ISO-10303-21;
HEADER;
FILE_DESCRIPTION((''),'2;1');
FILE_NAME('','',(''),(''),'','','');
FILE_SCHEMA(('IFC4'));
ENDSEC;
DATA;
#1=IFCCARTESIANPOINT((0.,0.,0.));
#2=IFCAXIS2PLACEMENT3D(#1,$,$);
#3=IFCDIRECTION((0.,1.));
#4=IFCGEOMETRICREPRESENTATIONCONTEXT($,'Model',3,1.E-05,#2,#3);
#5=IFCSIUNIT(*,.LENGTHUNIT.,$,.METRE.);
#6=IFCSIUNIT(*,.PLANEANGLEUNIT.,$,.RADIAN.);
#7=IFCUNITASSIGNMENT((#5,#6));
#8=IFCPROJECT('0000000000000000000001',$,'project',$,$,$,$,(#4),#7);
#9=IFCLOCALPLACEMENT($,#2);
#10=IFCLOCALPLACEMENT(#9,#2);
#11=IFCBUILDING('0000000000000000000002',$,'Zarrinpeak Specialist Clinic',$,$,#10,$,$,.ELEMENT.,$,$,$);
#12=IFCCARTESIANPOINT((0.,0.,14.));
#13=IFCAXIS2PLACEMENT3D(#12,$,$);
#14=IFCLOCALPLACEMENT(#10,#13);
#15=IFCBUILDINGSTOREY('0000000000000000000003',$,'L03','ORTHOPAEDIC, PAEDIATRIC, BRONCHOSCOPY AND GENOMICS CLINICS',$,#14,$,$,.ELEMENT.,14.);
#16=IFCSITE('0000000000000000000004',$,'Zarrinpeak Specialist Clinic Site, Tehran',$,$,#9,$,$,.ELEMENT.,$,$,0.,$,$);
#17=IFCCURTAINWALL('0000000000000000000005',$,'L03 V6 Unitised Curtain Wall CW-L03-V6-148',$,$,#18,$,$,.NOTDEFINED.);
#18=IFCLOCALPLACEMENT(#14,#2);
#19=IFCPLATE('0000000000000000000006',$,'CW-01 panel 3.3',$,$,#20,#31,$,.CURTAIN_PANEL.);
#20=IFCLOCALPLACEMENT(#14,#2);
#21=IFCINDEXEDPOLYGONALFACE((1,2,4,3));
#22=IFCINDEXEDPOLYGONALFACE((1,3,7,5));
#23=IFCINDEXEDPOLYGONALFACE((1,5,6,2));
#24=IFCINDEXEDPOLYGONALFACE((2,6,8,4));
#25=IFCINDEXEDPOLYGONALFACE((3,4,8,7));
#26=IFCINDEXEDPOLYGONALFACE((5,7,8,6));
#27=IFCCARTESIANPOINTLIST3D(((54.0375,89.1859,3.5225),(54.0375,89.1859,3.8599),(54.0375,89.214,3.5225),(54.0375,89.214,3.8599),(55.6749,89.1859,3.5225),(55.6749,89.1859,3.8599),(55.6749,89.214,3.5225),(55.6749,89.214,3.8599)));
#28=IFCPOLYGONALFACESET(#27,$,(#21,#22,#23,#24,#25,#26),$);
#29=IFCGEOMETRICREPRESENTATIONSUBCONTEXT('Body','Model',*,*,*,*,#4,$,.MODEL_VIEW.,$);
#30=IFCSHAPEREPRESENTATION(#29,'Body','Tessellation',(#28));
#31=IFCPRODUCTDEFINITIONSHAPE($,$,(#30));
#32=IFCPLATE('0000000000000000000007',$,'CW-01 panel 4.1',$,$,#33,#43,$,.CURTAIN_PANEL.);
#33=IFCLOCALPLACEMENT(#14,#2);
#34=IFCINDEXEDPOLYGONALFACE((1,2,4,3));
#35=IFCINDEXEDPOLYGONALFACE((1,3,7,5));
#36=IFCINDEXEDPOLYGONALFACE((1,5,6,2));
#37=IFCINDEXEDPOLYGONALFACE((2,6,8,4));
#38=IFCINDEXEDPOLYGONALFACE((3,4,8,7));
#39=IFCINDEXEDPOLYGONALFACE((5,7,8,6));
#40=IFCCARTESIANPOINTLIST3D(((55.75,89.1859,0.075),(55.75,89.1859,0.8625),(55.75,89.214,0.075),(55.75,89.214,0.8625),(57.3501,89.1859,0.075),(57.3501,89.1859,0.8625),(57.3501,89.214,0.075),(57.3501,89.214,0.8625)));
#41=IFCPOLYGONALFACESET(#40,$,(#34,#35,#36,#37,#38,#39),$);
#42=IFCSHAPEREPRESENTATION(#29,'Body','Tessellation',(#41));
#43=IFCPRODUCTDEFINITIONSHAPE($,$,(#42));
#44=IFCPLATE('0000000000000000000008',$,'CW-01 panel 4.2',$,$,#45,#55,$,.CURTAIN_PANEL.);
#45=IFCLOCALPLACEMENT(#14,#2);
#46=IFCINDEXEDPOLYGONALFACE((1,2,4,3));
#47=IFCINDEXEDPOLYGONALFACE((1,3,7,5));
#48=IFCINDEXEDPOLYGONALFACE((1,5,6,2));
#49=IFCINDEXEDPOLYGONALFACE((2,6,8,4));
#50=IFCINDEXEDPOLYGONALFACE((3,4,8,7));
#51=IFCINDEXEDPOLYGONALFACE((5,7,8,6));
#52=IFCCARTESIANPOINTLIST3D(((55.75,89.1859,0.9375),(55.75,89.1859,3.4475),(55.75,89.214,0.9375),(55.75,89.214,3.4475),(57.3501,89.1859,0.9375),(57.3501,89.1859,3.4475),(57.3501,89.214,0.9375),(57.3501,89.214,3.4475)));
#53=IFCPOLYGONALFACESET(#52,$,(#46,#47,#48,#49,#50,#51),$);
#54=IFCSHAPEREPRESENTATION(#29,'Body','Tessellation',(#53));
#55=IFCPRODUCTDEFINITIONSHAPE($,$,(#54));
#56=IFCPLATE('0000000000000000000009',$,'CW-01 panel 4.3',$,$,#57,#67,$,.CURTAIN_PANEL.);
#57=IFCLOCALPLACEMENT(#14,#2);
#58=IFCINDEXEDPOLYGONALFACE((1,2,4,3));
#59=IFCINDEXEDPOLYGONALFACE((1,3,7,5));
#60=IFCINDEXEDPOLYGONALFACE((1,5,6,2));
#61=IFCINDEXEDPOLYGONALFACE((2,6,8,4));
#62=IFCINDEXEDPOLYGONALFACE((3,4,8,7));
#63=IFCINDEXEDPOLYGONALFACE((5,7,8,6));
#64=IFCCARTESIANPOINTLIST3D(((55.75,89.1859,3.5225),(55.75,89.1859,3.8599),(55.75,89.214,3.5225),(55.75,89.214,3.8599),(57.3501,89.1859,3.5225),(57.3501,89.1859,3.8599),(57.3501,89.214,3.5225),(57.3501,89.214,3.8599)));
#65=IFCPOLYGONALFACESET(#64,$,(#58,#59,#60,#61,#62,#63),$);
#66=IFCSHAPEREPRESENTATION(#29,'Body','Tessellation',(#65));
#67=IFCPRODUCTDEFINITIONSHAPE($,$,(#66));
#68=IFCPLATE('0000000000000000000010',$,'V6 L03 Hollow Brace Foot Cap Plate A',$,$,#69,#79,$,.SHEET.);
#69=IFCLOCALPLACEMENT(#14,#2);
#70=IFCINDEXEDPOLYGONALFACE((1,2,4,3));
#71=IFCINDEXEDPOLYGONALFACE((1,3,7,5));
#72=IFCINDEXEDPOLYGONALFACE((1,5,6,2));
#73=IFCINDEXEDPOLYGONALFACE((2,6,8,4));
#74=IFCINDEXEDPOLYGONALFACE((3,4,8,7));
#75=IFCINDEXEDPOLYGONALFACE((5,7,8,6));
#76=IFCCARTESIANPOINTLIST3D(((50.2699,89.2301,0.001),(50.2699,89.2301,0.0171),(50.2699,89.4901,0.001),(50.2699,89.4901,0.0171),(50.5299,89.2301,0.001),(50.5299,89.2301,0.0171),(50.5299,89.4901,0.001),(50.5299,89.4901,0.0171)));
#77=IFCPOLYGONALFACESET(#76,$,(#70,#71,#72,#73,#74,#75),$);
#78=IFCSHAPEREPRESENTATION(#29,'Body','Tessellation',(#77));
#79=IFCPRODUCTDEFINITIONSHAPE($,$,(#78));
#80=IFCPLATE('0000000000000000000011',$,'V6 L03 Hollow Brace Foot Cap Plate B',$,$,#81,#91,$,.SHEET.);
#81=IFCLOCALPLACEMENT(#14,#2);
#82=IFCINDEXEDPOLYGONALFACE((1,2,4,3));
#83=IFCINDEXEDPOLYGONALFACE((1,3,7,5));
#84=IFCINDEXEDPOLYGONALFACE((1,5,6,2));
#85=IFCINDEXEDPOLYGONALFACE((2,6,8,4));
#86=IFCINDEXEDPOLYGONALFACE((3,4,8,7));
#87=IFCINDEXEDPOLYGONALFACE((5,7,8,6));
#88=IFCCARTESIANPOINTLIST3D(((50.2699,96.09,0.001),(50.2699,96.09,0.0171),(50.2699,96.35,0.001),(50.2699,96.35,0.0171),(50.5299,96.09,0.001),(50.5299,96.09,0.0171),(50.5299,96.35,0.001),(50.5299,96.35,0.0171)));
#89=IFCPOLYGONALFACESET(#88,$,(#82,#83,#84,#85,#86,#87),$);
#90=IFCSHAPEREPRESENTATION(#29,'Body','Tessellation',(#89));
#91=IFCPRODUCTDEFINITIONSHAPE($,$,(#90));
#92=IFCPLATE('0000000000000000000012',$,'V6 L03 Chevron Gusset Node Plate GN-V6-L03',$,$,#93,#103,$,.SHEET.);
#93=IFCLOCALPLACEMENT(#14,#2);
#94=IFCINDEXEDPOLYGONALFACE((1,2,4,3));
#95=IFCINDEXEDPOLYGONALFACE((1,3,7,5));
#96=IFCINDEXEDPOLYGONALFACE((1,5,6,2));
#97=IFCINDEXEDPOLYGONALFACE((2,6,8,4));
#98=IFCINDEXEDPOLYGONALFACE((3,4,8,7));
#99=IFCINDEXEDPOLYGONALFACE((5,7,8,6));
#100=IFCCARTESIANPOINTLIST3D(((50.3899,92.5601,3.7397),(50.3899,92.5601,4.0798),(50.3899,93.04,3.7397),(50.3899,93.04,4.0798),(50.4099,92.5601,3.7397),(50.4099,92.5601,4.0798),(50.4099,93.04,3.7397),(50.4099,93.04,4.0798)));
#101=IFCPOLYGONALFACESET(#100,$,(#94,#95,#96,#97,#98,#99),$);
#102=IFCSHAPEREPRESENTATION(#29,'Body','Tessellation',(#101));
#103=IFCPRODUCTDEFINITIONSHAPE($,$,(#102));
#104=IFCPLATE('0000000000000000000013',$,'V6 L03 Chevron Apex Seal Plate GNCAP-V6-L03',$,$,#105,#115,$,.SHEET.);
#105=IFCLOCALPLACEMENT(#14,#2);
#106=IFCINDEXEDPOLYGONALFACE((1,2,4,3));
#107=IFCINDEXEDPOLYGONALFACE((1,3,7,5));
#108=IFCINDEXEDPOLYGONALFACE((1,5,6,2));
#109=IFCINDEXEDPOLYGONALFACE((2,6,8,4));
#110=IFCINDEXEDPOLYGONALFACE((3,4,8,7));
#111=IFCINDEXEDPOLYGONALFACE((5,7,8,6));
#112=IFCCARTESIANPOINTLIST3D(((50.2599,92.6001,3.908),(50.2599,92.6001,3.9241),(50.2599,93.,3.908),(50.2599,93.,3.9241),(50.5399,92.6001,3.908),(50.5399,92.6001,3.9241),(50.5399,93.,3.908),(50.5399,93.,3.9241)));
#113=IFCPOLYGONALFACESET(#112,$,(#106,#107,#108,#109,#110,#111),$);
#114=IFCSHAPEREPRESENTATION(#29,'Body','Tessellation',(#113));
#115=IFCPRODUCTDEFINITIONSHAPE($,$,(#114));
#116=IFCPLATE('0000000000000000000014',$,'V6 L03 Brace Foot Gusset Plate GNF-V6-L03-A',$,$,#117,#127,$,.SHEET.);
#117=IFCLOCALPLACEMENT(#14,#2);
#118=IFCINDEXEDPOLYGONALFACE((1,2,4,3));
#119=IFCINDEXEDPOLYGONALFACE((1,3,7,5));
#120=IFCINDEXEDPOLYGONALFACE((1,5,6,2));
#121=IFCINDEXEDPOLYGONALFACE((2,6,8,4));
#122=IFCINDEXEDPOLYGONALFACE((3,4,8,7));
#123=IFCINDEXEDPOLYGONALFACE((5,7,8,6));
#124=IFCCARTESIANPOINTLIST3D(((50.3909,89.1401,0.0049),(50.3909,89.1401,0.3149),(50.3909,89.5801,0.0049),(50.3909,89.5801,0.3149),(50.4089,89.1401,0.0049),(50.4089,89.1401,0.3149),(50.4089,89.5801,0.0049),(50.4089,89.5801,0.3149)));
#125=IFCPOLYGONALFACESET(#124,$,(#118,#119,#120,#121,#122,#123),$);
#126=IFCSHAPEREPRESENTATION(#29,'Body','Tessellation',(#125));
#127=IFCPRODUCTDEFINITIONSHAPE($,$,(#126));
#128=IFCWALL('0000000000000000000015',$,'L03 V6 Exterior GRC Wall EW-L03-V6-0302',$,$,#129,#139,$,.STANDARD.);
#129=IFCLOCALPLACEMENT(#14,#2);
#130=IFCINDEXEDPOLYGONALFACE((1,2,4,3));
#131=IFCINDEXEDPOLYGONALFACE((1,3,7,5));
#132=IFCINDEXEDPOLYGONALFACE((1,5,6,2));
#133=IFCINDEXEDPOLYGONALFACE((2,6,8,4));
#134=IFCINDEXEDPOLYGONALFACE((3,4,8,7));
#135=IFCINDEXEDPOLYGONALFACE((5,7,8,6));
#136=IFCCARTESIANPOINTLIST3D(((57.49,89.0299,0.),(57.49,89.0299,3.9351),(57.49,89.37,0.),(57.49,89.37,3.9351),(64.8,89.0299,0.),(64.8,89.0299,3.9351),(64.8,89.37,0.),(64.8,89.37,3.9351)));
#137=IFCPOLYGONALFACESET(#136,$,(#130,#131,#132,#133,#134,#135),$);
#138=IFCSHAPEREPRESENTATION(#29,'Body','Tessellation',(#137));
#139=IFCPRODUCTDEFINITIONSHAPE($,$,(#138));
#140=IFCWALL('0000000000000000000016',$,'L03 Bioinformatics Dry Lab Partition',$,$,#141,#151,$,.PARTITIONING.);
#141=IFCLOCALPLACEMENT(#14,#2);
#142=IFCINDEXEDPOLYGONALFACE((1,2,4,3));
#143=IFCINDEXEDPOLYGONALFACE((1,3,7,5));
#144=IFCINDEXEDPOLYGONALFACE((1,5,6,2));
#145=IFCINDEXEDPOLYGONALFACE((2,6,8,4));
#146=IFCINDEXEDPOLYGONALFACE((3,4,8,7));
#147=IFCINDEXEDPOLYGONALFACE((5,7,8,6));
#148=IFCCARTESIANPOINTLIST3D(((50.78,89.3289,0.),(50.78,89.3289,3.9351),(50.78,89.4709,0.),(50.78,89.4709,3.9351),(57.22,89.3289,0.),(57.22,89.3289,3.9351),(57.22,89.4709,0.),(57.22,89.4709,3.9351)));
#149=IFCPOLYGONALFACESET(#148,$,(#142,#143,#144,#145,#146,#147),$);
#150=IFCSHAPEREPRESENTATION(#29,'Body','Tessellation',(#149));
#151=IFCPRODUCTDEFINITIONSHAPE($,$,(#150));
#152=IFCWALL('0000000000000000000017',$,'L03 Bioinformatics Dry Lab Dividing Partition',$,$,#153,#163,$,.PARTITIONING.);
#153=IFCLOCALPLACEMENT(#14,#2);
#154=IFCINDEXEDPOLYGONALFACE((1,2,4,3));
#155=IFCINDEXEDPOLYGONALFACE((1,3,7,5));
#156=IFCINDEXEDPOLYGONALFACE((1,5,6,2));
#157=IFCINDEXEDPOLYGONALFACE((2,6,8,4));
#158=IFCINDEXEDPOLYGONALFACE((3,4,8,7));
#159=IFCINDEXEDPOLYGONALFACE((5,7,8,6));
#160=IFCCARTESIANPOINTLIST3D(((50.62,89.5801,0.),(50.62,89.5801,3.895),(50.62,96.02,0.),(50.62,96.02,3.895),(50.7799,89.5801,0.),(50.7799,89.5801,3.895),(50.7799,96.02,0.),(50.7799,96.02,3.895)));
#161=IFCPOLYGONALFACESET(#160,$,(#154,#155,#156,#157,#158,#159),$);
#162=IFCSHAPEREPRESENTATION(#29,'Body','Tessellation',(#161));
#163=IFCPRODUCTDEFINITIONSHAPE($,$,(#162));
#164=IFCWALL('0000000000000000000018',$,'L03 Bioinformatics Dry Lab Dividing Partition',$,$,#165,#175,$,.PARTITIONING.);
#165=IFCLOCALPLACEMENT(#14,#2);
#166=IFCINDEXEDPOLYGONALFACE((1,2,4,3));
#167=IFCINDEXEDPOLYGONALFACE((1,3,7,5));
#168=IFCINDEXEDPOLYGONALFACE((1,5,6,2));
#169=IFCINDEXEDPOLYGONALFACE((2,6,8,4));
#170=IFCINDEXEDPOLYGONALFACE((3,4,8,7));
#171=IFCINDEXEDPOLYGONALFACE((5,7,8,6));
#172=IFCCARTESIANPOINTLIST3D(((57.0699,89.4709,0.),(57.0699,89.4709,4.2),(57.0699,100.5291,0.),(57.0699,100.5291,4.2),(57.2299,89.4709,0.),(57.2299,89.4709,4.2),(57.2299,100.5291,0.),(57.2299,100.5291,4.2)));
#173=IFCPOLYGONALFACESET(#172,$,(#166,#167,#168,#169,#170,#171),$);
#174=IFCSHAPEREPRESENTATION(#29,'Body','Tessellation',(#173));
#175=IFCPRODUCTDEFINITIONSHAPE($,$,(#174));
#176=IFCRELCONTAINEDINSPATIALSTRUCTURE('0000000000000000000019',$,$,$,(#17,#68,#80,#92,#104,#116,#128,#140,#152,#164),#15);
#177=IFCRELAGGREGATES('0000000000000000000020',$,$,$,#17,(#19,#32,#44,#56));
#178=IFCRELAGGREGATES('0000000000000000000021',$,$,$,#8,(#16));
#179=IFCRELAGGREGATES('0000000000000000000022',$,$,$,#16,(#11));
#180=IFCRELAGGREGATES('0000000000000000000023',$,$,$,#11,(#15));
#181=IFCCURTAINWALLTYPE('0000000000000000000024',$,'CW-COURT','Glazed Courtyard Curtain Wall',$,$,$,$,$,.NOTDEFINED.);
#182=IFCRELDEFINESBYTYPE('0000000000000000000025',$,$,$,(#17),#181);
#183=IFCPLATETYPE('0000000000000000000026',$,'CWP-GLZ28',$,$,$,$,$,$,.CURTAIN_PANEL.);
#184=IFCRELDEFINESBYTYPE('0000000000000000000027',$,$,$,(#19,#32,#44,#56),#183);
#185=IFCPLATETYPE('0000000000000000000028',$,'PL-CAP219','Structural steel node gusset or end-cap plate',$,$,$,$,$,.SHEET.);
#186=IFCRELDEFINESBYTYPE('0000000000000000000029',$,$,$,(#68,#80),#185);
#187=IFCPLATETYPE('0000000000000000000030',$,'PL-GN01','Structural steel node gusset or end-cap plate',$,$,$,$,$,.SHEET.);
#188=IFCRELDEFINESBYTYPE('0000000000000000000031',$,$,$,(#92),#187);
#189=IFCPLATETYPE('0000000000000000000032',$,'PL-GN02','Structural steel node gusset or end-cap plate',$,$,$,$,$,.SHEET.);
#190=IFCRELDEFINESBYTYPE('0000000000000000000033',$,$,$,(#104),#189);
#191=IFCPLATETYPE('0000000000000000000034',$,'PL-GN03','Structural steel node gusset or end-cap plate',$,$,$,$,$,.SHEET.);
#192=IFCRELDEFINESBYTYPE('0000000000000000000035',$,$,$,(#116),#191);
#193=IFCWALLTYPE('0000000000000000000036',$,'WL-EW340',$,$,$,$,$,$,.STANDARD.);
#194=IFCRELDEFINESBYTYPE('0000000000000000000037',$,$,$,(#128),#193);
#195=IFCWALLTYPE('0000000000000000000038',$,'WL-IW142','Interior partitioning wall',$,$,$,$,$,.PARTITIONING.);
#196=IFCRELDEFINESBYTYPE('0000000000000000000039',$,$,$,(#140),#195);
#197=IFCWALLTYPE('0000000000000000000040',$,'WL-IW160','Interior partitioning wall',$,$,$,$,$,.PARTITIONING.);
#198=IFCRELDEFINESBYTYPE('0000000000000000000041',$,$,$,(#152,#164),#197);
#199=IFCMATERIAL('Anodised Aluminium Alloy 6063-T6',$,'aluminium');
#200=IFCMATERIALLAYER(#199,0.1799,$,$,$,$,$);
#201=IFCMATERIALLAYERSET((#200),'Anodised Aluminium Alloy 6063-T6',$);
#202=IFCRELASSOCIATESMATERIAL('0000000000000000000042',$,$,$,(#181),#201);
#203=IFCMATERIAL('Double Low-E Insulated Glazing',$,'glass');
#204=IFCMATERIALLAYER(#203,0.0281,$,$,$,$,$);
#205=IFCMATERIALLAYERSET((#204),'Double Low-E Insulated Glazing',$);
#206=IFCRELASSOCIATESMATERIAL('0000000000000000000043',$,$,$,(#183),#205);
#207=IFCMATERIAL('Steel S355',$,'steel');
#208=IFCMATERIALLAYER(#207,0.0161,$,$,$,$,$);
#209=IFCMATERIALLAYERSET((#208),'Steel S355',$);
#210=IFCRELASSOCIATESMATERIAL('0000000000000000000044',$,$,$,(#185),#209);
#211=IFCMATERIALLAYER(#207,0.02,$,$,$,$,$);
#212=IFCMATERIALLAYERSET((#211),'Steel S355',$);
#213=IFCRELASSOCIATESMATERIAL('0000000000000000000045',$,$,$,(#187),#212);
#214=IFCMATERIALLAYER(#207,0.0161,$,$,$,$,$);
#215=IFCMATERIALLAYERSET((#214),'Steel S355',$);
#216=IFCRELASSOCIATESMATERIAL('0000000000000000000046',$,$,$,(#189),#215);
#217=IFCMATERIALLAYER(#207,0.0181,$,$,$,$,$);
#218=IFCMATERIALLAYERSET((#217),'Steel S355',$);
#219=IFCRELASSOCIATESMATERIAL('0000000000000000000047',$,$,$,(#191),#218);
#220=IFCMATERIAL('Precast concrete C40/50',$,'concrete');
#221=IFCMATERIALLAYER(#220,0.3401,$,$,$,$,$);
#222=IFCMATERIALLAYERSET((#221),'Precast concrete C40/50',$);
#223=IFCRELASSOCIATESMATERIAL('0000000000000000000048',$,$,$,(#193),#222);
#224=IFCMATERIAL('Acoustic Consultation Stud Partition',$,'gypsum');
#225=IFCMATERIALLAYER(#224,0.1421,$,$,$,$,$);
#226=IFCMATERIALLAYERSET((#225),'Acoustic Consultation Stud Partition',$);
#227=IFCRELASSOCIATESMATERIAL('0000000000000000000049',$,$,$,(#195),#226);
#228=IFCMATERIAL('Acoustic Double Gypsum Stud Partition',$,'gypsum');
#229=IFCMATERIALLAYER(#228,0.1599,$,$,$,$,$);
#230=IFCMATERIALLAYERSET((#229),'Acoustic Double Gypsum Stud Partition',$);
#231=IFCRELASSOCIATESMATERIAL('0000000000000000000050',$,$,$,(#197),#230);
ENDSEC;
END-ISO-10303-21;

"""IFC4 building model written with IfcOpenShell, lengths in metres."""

from ifc_helpers import new_model, si_unit, direction, frame, frame_2d, origin, origin_2d, place, context, subcontext, project, spatial, rectangle, extrude, material, layer, layer_set, type_object, element, aggregate, save


model = new_model("IFC4")

# Units and contexts
model_context = context("Model", 3, precision=1e-05, world=origin(), true_north=direction((0.0, 1.0)))
body_context = subcontext(model_context, "Body", "Model", "MODEL_VIEW")
ifc_project = project(units=[si_unit("LENGTHUNIT", "METRE"), si_unit("PLANEANGLEUNIT", "RADIAN")], contexts=[model_context])

# Site, building, storey
site_placement = place(None, origin())
site = spatial("IfcSite", under=ifc_project, at=site_placement, Name="Zarrinpeak Specialist Clinic Site, Tehran", CompositionType="ELEMENT", RefElevation=0.0)
building_placement = place(site_placement, origin())
building = spatial("IfcBuilding", under=site, at=building_placement, Name="Zarrinpeak Specialist Clinic", CompositionType="ELEMENT")
storey_placement = place(building_placement, frame((0.0, 0.0, 14.0)))
storey = spatial("IfcBuildingStorey", under=building, at=storey_placement, Name="L03", Description="ORTHOPAEDIC, PAEDIATRIC, BRONCHOSCOPY AND GENOMICS CLINICS", CompositionType="ELEMENT", Elevation=14.0)

# Shared definitions
ifc_material_1 = material(Name="Steel S355", Category="steel")

# Curtain wall
ifc_material_2 = material(Name="Anodised Aluminium Alloy 6063-T6", Category="aluminium")
ifc_layer_1 = layer(ifc_material_2, 0.1799)
ifc_layer_set_1 = layer_set([ifc_layer_1], Name="Anodised Aluminium Alloy 6063-T6")
curtain_wall_type = type_object("IfcCurtainWallType", Name="CW-COURT", Description="Glazed Courtyard Curtain Wall", PredefinedType="NOTDEFINED", material=ifc_layer_set_1)
curtain_wall_placement = place(storey_placement, origin())
curtain_wall = element("IfcCurtainWall", 1, at=curtain_wall_placement, inside=storey, type_object=curtain_wall_type, Name="L03 V6 Unitised Curtain Wall CW-L03-V6-148", PredefinedType="NOTDEFINED")

# Plates
ifc_material_3 = material(Name="Double Low-E Insulated Glazing", Category="glass")
ifc_layer_2 = layer(ifc_material_3, 0.0281)
ifc_layer_set_2 = layer_set([ifc_layer_2], Name="Double Low-E Insulated Glazing")
plate_type_1 = type_object("IfcPlateType", Name="CWP-GLZ28", PredefinedType="CURTAIN_PANEL", material=ifc_layer_set_2)
plate_1_placement = place(storey_placement, frame((54.8562, 89.2, 3.5225), z_axis=(0.0, 0.0, 1.0), x_axis=(1.0, 0.0, 0.0)))
plate_1 = element("IfcPlate", 2, at=plate_1_placement, type_object=plate_type_1, Name="CW-01 panel 3.3", PredefinedType="CURTAIN_PANEL", context=body_context, shape_type="SweptSolid", body=[
    extrude(rectangle(XDim=1.6375, YDim=0.0281, at=origin_2d()), origin(), (0.0, 0.0, 1.0), 0.3374),
])
plate_2_placement = place(storey_placement, frame((56.55, 89.2, 0.075), z_axis=(0.0, 0.0, 1.0), x_axis=(1.0, 0.0, 0.0)))
plate_2 = element("IfcPlate", 3, at=plate_2_placement, type_object=plate_type_1, Name="CW-01 panel 4.1", PredefinedType="CURTAIN_PANEL", context=body_context, shape_type="SweptSolid", body=[
    extrude(rectangle(XDim=1.6001, YDim=0.0281, at=origin_2d()), origin(), (0.0, 0.0, 1.0), 0.7876),
])
plate_3_placement = place(storey_placement, frame((56.55, 89.2, 0.9375), z_axis=(0.0, 0.0, 1.0), x_axis=(1.0, 0.0, 0.0)))
plate_3 = element("IfcPlate", 4, at=plate_3_placement, type_object=plate_type_1, Name="CW-01 panel 4.2", PredefinedType="CURTAIN_PANEL", context=body_context, shape_type="SweptSolid", body=[
    extrude(rectangle(XDim=1.6001, YDim=0.0281, at=origin_2d()), origin(), (0.0, 0.0, 1.0), 2.51),
])
plate_4_placement = place(storey_placement, frame((56.55, 89.2, 3.5225), z_axis=(0.0, 0.0, 1.0), x_axis=(1.0, 0.0, 0.0)))
plate_4 = element("IfcPlate", 5, at=plate_4_placement, type_object=plate_type_1, Name="CW-01 panel 4.3", PredefinedType="CURTAIN_PANEL", context=body_context, shape_type="SweptSolid", body=[
    extrude(rectangle(XDim=1.6001, YDim=0.0281, at=origin_2d()), origin(), (0.0, 0.0, 1.0), 0.3374),
])
aggregate(curtain_wall, [plate_1, plate_2, plate_3, plate_4])

# Plates
ifc_layer_3 = layer(ifc_material_1, 0.0161)
ifc_layer_set_3 = layer_set([ifc_layer_3], Name="Steel S355")
plate_type_2 = type_object("IfcPlateType", Name="PL-CAP219", Description="Structural steel node gusset or end-cap plate", PredefinedType="SHEET", material=ifc_layer_set_3)
for number, where, z_axis, x_axis, name in (
    (6, (50.3999, 89.3601, 0.001), (0.0, 0.0, 1.0), (1.0, 0.0, 0.0), "V6 L03 Hollow Brace Foot Cap Plate A"),
    (7, (50.3999, 96.22, 0.001), (0.0, 0.0, 1.0), (1.0, 0.0, 0.0), "V6 L03 Hollow Brace Foot Cap Plate B"),
):
    element("IfcPlate", number, at=place(storey_placement, frame(where, z_axis=z_axis, x_axis=x_axis)), inside=storey, type_object=plate_type_2, Name=name, PredefinedType="SHEET", context=body_context, shape_type="SweptSolid", body=[
        extrude(rectangle(XDim=0.26, YDim=0.26, at=origin_2d()), origin(), (0.0, 0.0, 1.0), 0.0161),
    ])
ifc_layer_4 = layer(ifc_material_1, 0.02)
ifc_layer_set_4 = layer_set([ifc_layer_4], Name="Steel S355")
plate_type_3 = type_object("IfcPlateType", Name="PL-GN01", Description="Structural steel node gusset or end-cap plate", PredefinedType="SHEET", material=ifc_layer_set_4)
plate_5_placement = place(storey_placement, frame((50.3999, 92.8, 3.7397), z_axis=(0.0, 0.0, 1.0), x_axis=(1.0, 0.0, 0.0)))
element("IfcPlate", 8, at=plate_5_placement, inside=storey, type_object=plate_type_3, Name="V6 L03 Chevron Gusset Node Plate GN-V6-L03", PredefinedType="SHEET", context=body_context, shape_type="SweptSolid", body=[
    extrude(rectangle(XDim=0.02, YDim=0.48, at=origin_2d()), origin(), (0.0, 0.0, 1.0), 0.3401),
])
ifc_layer_5 = layer(ifc_material_1, 0.0161)
ifc_layer_set_5 = layer_set([ifc_layer_5], Name="Steel S355")
plate_type_4 = type_object("IfcPlateType", Name="PL-GN02", Description="Structural steel node gusset or end-cap plate", PredefinedType="SHEET", material=ifc_layer_set_5)
plate_6_placement = place(storey_placement, frame((50.3999, 92.8, 3.908), z_axis=(0.0, 0.0, 1.0), x_axis=(1.0, 0.0, 0.0)))
element("IfcPlate", 9, at=plate_6_placement, inside=storey, type_object=plate_type_4, Name="V6 L03 Chevron Apex Seal Plate GNCAP-V6-L03", PredefinedType="SHEET", context=body_context, shape_type="SweptSolid", body=[
    extrude(rectangle(XDim=0.28, YDim=0.3999, at=origin_2d()), origin(), (0.0, 0.0, 1.0), 0.0161),
])
ifc_layer_6 = layer(ifc_material_1, 0.0181)
ifc_layer_set_6 = layer_set([ifc_layer_6], Name="Steel S355")
plate_type_5 = type_object("IfcPlateType", Name="PL-GN03", Description="Structural steel node gusset or end-cap plate", PredefinedType="SHEET", material=ifc_layer_set_6)
plate_7_placement = place(storey_placement, frame((50.3999, 89.3601, 0.0049), z_axis=(0.0, 0.0, 1.0), x_axis=(1.0, 0.0, 0.0)))
element("IfcPlate", 10, at=plate_7_placement, inside=storey, type_object=plate_type_5, Name="V6 L03 Brace Foot Gusset Plate GNF-V6-L03-A", PredefinedType="SHEET", context=body_context, shape_type="SweptSolid", body=[
    extrude(rectangle(XDim=0.0181, YDim=0.4399, at=origin_2d()), origin(), (0.0, 0.0, 1.0), 0.3101),
])

# Walls
ifc_material_4 = material(Name="Precast concrete C40/50", Category="concrete")
ifc_layer_7 = layer(ifc_material_4, 0.3401)
ifc_layer_set_7 = layer_set([ifc_layer_7], Name="Precast concrete C40/50")
wall_type_1 = type_object("IfcWallType", Name="WL-EW340", PredefinedType="STANDARD", material=ifc_layer_set_7)
wall_1_placement = place(storey_placement, frame((57.49, 89.2, 0.0), z_axis=(0.0, 0.0, 1.0), x_axis=(1.0, 0.0, 0.0)))
element("IfcWall", 11, at=wall_1_placement, inside=storey, type_object=wall_type_1, Name="L03 V6 Exterior GRC Wall EW-L03-V6-0302", PredefinedType="STANDARD", context=body_context, shape_type="SweptSolid", body=[
    extrude(rectangle(XDim=7.3101, YDim=0.3401, at=frame_2d((3.655, 0.0))), origin(), (0.0, 0.0, 1.0), 3.9351),
])
ifc_material_5 = material(Name="Acoustic Consultation Stud Partition", Category="gypsum")
ifc_layer_8 = layer(ifc_material_5, 0.1421)
ifc_layer_set_8 = layer_set([ifc_layer_8], Name="Acoustic Consultation Stud Partition")
wall_type_2 = type_object("IfcWallType", Name="WL-IW142", Description="Interior partitioning wall", PredefinedType="PARTITIONING", material=ifc_layer_set_8)
wall_2_placement = place(storey_placement, frame((50.78, 89.3999, 0.0), z_axis=(0.0, 0.0, 1.0), x_axis=(1.0, 0.0, 0.0)))
element("IfcWall", 12, at=wall_2_placement, inside=storey, type_object=wall_type_2, Name="L03 Bioinformatics Dry Lab Partition", PredefinedType="PARTITIONING", context=body_context, shape_type="SweptSolid", body=[
    extrude(rectangle(XDim=6.4399, YDim=0.1421, at=frame_2d((3.22, 0.0))), origin(), (0.0, 0.0, 1.0), 3.9351),
])
ifc_material_6 = material(Name="Acoustic Double Gypsum Stud Partition", Category="gypsum")
ifc_layer_9 = layer(ifc_material_6, 0.1599)
ifc_layer_set_9 = layer_set([ifc_layer_9], Name="Acoustic Double Gypsum Stud Partition")
wall_type_3 = type_object("IfcWallType", Name="WL-IW160", Description="Interior partitioning wall", PredefinedType="PARTITIONING", material=ifc_layer_set_9)
wall_3_placement = place(storey_placement, frame((50.7, 89.5801, 0.0), z_axis=(0.0, 0.0, 1.0), x_axis=(0.0, 1.0, 0.0)))
element("IfcWall", 13, at=wall_3_placement, inside=storey, type_object=wall_type_3, Name="L03 Bioinformatics Dry Lab Dividing Partition", PredefinedType="PARTITIONING", context=body_context, shape_type="SweptSolid", body=[
    extrude(rectangle(XDim=6.4399, YDim=0.1599, at=frame_2d((3.22, 0.0))), origin(), (0.0, 0.0, 1.0), 3.895),
])
wall_4_placement = place(storey_placement, frame((57.1499, 89.4709, 0.0), z_axis=(0.0, 0.0, 1.0), x_axis=(0.0, 1.0, 0.0)))
element("IfcWall", 14, at=wall_4_placement, inside=storey, type_object=wall_type_3, Name="L03 Bioinformatics Dry Lab Dividing Partition", PredefinedType="PARTITIONING", context=body_context, shape_type="SweptSolid", body=[
    extrude(rectangle(XDim=11.0581, YDim=0.1599, at=frame_2d((5.5291, 0.0))), origin(), (0.0, 0.0, 1.0), 4.2),
])

save(model, "model.ifc")
